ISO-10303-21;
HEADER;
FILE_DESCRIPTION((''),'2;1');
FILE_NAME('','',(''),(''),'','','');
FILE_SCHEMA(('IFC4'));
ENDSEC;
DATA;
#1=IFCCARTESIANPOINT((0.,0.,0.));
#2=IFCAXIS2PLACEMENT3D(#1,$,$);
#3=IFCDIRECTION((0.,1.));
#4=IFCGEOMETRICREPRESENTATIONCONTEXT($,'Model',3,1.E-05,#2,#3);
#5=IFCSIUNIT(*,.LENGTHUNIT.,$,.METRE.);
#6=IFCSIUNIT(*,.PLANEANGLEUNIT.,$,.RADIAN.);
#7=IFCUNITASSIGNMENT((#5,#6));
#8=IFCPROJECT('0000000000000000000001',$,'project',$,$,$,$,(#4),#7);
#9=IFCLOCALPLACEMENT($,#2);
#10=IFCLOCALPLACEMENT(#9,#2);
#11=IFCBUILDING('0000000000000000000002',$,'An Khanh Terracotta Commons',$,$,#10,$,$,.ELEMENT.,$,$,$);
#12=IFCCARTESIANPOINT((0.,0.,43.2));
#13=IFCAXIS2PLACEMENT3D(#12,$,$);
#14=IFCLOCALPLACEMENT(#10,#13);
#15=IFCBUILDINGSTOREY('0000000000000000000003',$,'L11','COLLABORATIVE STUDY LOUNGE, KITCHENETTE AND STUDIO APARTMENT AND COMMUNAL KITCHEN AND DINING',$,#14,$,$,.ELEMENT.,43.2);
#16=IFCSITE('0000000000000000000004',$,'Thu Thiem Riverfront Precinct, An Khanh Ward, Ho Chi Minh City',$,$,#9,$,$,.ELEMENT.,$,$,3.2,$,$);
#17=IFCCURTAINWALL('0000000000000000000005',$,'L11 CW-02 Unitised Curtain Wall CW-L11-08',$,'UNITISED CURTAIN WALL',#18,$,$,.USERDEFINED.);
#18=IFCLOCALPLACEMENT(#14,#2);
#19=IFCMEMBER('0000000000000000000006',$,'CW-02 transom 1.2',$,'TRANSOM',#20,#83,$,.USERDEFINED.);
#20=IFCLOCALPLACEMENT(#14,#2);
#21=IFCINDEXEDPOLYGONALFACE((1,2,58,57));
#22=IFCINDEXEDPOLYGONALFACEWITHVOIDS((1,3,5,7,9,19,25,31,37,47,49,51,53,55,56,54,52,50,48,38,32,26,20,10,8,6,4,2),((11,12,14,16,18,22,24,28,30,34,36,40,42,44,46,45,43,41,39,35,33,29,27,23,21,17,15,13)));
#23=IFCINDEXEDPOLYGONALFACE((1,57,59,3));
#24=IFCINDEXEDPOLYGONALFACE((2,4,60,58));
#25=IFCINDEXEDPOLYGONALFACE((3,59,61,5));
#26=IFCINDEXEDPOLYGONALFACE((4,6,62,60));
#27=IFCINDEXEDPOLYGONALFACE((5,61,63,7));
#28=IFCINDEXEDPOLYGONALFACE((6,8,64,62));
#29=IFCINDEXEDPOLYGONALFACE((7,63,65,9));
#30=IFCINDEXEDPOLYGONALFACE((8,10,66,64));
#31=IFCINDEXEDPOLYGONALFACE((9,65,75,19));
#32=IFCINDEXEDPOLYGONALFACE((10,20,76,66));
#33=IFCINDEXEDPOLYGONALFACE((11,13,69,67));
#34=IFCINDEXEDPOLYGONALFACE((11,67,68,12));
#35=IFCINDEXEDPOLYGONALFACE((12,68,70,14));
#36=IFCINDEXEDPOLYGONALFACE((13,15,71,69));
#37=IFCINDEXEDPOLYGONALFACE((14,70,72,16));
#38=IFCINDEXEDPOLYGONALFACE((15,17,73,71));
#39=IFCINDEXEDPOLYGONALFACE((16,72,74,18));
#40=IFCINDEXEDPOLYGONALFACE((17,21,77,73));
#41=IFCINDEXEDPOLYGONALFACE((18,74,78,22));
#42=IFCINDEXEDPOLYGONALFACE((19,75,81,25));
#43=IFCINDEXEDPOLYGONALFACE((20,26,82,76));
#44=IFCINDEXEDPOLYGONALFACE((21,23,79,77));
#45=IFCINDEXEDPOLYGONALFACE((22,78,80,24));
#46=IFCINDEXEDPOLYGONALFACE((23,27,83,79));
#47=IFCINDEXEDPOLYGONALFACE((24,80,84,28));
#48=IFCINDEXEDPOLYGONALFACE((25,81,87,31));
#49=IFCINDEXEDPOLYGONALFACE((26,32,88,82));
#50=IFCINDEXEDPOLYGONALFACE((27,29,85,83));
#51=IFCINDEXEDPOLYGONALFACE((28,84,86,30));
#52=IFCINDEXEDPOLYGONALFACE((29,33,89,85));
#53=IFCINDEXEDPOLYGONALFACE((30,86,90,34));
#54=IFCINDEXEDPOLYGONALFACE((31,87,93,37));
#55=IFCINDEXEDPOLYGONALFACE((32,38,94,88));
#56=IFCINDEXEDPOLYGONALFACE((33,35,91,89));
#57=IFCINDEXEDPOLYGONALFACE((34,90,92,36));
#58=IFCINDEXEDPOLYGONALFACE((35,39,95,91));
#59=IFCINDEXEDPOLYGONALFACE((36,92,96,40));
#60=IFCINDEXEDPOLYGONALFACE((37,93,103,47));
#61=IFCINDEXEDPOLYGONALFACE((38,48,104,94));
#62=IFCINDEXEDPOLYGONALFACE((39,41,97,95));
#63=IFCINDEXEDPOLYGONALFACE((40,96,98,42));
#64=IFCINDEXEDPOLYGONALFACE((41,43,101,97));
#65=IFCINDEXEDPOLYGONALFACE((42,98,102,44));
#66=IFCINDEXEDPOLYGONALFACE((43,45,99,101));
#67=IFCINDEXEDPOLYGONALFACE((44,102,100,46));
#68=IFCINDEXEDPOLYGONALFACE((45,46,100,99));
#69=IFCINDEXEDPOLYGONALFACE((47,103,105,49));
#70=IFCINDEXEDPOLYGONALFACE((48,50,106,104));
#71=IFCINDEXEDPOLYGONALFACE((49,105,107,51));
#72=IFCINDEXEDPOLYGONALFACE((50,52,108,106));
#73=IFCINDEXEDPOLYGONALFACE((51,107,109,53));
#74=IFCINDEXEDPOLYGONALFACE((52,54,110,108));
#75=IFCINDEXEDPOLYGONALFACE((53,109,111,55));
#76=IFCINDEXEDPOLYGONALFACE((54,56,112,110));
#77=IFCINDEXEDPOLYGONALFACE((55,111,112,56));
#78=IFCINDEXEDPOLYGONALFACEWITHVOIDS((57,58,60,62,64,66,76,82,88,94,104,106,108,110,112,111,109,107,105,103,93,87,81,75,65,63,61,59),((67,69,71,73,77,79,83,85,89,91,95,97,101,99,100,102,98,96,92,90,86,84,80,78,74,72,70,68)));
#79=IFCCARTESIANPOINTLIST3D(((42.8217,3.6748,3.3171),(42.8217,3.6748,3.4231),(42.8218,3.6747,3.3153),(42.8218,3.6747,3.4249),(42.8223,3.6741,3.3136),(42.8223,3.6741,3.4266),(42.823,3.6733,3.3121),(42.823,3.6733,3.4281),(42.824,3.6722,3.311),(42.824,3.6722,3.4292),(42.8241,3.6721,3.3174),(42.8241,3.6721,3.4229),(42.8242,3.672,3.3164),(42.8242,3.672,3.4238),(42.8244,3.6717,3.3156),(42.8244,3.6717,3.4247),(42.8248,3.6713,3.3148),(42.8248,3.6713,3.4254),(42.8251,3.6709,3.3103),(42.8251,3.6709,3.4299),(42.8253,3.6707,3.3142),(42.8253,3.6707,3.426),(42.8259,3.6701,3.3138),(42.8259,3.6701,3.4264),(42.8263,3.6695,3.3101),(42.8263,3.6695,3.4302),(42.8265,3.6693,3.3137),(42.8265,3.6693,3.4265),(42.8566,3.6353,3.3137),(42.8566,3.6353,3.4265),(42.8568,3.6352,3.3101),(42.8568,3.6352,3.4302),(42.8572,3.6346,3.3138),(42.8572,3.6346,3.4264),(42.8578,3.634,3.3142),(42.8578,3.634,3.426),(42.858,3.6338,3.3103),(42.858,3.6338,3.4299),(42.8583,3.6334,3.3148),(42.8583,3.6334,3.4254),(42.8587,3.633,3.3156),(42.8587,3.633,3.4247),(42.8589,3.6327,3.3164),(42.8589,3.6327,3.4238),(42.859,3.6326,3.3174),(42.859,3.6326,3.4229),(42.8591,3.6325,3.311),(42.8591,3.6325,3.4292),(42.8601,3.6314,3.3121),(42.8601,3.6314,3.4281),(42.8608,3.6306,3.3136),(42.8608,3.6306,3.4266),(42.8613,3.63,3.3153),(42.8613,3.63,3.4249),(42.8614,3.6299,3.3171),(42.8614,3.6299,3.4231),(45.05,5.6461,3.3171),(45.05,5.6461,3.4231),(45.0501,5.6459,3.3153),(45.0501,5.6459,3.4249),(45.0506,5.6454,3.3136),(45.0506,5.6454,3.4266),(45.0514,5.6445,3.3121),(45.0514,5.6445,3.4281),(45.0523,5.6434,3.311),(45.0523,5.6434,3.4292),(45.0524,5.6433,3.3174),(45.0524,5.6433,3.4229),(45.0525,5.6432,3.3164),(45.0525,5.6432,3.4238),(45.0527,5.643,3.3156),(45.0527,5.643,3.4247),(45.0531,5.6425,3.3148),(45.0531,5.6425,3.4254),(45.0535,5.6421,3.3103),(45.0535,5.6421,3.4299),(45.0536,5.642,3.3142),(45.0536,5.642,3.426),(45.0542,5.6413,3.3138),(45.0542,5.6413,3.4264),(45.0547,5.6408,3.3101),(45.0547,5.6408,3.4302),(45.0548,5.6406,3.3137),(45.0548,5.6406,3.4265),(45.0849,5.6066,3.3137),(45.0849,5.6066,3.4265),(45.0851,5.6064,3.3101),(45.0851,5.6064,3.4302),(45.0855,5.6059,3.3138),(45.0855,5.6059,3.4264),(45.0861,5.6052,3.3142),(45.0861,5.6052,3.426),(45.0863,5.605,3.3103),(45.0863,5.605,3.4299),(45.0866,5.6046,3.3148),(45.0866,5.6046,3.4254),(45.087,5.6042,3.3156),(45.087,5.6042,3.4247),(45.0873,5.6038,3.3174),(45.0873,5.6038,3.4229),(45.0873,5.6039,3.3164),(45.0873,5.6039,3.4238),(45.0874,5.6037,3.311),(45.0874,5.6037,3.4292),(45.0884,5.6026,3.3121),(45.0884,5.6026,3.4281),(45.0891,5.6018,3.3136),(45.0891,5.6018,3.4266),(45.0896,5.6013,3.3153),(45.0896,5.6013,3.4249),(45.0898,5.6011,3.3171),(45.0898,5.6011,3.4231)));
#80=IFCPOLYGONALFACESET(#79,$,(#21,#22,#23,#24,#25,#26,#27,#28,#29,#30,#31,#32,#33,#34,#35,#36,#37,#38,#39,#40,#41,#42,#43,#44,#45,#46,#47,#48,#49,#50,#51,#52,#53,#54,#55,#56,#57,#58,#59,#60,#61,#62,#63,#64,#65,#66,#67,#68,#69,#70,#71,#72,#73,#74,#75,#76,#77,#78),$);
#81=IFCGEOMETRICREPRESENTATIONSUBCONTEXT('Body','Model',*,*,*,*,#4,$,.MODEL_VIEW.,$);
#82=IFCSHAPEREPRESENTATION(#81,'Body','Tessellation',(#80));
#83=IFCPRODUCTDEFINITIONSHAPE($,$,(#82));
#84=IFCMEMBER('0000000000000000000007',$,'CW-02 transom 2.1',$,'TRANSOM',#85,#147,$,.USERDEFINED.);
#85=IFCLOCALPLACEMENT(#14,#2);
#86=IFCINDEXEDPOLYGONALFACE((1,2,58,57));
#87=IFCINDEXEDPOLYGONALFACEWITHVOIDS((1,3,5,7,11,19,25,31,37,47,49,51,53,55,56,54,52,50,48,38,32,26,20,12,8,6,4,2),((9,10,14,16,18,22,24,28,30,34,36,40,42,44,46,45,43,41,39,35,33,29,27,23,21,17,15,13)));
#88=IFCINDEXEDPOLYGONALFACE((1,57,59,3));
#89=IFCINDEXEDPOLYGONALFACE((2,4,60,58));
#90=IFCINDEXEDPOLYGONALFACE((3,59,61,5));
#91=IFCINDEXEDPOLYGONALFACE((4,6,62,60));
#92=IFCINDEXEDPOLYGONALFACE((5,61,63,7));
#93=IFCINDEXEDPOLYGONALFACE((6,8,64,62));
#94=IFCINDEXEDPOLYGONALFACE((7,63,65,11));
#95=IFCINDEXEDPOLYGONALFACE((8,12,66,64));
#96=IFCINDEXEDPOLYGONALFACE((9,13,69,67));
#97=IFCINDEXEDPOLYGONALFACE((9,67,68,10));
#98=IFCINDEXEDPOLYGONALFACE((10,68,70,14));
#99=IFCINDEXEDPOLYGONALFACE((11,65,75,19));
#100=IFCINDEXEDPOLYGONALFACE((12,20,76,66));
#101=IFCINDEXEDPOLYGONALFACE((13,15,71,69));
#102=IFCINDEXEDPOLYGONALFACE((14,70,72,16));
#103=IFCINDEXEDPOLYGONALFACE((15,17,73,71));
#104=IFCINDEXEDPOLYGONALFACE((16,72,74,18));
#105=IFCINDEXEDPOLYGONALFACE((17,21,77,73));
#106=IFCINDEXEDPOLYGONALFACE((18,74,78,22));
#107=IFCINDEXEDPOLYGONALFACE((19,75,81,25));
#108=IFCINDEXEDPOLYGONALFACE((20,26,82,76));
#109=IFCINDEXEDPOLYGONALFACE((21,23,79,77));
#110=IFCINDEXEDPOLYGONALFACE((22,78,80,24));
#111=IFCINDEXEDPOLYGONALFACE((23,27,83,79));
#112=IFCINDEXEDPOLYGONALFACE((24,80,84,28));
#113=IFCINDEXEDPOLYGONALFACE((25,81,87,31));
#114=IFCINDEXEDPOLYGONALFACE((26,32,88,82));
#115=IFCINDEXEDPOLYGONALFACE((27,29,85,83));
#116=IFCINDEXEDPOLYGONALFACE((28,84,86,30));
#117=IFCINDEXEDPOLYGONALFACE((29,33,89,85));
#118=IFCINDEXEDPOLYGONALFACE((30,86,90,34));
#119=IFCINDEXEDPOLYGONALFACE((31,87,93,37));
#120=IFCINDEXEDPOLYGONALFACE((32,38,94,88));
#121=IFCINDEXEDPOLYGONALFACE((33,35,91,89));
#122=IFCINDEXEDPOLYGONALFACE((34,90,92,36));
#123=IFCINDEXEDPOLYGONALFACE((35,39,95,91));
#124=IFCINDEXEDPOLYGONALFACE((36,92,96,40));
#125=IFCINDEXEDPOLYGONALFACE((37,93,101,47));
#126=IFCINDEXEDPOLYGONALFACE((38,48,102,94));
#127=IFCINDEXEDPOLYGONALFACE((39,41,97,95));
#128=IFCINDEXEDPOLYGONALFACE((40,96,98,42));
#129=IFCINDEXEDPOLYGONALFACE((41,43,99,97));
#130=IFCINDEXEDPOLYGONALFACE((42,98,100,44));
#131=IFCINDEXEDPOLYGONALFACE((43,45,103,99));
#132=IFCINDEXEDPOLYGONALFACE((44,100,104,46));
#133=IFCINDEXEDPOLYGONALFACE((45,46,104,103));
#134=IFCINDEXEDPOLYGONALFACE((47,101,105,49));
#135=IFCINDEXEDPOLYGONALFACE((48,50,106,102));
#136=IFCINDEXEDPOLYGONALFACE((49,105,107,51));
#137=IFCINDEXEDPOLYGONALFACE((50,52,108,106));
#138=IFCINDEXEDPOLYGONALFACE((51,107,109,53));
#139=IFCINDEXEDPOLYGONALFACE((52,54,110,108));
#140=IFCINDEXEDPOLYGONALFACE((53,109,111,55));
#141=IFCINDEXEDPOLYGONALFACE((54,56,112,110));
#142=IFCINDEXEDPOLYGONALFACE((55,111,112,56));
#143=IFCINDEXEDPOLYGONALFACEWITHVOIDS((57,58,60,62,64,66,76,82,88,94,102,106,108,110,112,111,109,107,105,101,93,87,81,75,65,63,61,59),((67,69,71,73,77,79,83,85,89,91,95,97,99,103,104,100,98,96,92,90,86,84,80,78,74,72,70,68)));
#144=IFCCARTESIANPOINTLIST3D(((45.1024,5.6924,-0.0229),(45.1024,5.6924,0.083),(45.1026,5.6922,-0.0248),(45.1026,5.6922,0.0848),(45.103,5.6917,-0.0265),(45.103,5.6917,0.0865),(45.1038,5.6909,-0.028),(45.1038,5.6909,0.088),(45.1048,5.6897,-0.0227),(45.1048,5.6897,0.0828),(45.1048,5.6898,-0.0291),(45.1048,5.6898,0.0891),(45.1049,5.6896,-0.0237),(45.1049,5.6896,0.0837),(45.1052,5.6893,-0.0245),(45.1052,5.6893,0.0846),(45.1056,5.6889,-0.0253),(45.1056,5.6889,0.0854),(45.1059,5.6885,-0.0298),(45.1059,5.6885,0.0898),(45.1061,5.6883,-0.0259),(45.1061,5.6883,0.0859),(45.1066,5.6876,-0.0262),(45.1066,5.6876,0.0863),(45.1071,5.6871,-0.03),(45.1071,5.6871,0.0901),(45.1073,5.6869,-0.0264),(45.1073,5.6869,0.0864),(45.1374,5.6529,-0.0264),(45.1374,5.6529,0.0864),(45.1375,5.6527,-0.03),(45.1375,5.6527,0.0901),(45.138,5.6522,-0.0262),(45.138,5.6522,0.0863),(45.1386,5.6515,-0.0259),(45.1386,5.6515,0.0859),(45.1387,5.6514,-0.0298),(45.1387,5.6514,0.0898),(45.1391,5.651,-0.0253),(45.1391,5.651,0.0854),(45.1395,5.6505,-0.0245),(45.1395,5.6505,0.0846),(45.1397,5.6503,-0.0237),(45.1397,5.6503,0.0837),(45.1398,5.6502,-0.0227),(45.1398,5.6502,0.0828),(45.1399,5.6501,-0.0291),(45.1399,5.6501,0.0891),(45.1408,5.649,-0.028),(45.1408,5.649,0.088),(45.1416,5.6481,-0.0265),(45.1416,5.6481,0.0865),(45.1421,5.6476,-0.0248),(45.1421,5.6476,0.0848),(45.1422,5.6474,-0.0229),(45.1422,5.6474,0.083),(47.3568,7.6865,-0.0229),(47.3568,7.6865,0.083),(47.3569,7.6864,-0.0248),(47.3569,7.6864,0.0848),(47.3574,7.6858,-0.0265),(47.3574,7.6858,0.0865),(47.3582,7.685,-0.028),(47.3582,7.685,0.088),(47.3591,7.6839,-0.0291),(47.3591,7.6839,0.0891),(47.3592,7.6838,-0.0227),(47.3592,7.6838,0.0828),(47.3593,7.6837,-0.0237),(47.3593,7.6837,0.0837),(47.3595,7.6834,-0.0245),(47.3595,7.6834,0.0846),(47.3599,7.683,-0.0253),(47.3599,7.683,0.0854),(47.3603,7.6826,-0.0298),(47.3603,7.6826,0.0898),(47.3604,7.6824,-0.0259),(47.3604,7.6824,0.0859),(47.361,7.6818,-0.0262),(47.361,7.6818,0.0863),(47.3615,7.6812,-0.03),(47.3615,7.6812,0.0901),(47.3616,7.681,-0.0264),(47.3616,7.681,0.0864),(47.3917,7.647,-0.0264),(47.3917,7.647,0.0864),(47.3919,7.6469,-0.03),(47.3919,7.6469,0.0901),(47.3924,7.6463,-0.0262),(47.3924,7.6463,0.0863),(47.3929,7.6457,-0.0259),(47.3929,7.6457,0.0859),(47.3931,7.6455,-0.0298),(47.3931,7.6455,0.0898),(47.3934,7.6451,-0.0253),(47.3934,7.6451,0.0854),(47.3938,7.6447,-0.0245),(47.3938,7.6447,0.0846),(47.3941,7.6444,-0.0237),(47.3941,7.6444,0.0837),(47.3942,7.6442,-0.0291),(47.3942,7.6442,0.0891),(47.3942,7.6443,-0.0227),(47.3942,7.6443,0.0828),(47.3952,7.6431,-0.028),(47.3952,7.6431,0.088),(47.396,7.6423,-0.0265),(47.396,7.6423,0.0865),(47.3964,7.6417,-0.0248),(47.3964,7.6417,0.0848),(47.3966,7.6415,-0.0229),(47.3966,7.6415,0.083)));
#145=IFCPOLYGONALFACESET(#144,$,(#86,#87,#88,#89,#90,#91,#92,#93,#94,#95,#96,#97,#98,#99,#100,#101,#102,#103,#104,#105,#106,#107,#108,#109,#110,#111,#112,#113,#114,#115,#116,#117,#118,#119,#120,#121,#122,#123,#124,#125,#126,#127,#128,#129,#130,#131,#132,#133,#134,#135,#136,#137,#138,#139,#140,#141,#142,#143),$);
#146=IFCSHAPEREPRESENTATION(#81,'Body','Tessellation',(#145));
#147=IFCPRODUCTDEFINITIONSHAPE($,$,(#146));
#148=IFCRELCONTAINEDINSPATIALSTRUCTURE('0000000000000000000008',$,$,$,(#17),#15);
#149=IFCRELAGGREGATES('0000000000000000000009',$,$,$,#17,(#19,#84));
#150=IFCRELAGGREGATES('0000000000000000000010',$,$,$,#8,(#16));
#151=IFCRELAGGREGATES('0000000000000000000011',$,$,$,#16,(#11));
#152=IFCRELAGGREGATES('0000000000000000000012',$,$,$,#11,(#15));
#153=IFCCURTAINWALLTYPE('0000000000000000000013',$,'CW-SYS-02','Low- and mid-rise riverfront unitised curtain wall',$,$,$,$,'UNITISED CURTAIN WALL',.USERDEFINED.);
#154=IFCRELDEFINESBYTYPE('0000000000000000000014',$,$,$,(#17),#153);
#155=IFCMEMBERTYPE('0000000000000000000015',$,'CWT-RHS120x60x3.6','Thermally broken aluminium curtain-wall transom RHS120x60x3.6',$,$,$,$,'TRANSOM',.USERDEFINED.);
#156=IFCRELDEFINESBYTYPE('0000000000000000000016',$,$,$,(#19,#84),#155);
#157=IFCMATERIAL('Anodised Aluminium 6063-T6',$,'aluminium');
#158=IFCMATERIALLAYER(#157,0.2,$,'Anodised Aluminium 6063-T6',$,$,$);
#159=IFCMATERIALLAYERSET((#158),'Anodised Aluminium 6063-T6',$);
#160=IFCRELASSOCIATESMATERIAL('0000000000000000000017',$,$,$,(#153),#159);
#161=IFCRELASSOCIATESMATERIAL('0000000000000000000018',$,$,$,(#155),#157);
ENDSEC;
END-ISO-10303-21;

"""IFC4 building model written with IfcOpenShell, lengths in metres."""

from ifc_helpers import new_model, si_unit, direction, frame, origin, origin_2d, place, context, subcontext, project, spatial, hollow_rectangle, extrude, material, layer, layer_set, material_profile, profile_set, type_object, element, aggregate, save


model = new_model("IFC4")

# Units and contexts
model_context = context("Model", 3, precision=1e-05, world=origin(), true_north=direction((0.0, 1.0)))
body_context = subcontext(model_context, "Body", "Model", "MODEL_VIEW")
ifc_project = project(units=[si_unit("LENGTHUNIT", "METRE"), si_unit("PLANEANGLEUNIT", "RADIAN")], contexts=[model_context])

# Site, building, storey
site_placement = place(None, origin())
site = spatial("IfcSite", under=ifc_project, at=site_placement, Name="Thu Thiem Riverfront Precinct, An Khanh Ward, Ho Chi Minh City", CompositionType="ELEMENT", RefElevation=3.2)
building_placement = place(site_placement, origin())
building = spatial("IfcBuilding", under=site, at=building_placement, Name="An Khanh Terracotta Commons", CompositionType="ELEMENT")
storey_placement = place(building_placement, frame((0.0, 0.0, 43.2)))
storey = spatial("IfcBuildingStorey", under=building, at=storey_placement, Name="L11", Description="COLLABORATIVE STUDY LOUNGE, KITCHENETTE AND STUDIO APARTMENT AND COMMUNAL KITCHEN AND DINING", CompositionType="ELEMENT", Elevation=43.2)

# Curtain wall
ifc_material_1 = material(Name="Anodised Aluminium 6063-T6", Category="aluminium")
ifc_layer_1 = layer(ifc_material_1, 0.2, Name="Anodised Aluminium 6063-T6")
ifc_layer_set_1 = layer_set([ifc_layer_1], Name="Anodised Aluminium 6063-T6")
curtain_wall_type = type_object("IfcCurtainWallType", Name="CW-SYS-02", Description="Low- and mid-rise riverfront unitised curtain wall", ElementType="UNITISED CURTAIN WALL", PredefinedType="USERDEFINED", material=ifc_layer_set_1)
curtain_wall_1_placement = place(storey_placement, origin())
curtain_wall_1 = element("IfcCurtainWall", 1, at=curtain_wall_1_placement, inside=storey, type_object=curtain_wall_type, Name="L11 CW-02 Unitised Curtain Wall CW-L11-08", ObjectType="UNITISED CURTAIN WALL", PredefinedType="USERDEFINED")

# Members
ifc_material_profile_1 = material_profile(ifc_material_1, hollow_rectangle(XDim=0.0601, YDim=0.1201, WallThickness=0.0037, InnerFilletRadius=0.0037, OuterFilletRadius=0.0071, at=origin_2d()), Name="RHS120x60x3.6")
ifc_profile_set_1 = profile_set([ifc_material_profile_1], Name="Anodised Aluminium 6063-T6")
member_type_1 = type_object("IfcMemberType", Name="CWT-RHS120x60x3.6", Description="Thermally broken aluminium curtain-wall transom RHS120x60x3.6", ElementType="TRANSOM", PredefinedType="USERDEFINED", material=ifc_profile_set_1)
member_1_placement = place(storey_placement, frame((42.8416, 3.6523, 3.3701), z_axis=(0.748992, 0.662579, 0.0), x_axis=(-0.662579, 0.748992, 0.0)))
member_1 = element("IfcMember", 2, at=member_1_placement, type_object=member_type_1, Name="CW-02 transom 1.2", ObjectType="TRANSOM", PredefinedType="USERDEFINED", context=body_context, shape_type="SweptSolid", body=[
    extrude(hollow_rectangle(XDim=0.0601, YDim=0.1201, WallThickness=0.0037, InnerFilletRadius=0.0037, OuterFilletRadius=0.0071, at=origin_2d()), origin(), (0.0, 0.0, 1.0), 2.9751),
])
member_2_placement = place(storey_placement, frame((45.1223, 5.6699, 0.03), z_axis=(0.749018, 0.662549, 0.0), x_axis=(-0.662549, 0.749018, 0.0)))
member_2 = element("IfcMember", 3, at=member_2_placement, type_object=member_type_1, Name="CW-02 transom 2.1", ObjectType="TRANSOM", PredefinedType="USERDEFINED", context=body_context, shape_type="SweptSolid", body=[
    extrude(hollow_rectangle(XDim=0.0601, YDim=0.1201, WallThickness=0.0037, InnerFilletRadius=0.0037, OuterFilletRadius=0.0071, at=origin_2d()), origin(), (0.0, 0.0, 1.0), 3.0098),
])

aggregate(curtain_wall_1, [member_1, member_2])

save(model, "model.ifc")
